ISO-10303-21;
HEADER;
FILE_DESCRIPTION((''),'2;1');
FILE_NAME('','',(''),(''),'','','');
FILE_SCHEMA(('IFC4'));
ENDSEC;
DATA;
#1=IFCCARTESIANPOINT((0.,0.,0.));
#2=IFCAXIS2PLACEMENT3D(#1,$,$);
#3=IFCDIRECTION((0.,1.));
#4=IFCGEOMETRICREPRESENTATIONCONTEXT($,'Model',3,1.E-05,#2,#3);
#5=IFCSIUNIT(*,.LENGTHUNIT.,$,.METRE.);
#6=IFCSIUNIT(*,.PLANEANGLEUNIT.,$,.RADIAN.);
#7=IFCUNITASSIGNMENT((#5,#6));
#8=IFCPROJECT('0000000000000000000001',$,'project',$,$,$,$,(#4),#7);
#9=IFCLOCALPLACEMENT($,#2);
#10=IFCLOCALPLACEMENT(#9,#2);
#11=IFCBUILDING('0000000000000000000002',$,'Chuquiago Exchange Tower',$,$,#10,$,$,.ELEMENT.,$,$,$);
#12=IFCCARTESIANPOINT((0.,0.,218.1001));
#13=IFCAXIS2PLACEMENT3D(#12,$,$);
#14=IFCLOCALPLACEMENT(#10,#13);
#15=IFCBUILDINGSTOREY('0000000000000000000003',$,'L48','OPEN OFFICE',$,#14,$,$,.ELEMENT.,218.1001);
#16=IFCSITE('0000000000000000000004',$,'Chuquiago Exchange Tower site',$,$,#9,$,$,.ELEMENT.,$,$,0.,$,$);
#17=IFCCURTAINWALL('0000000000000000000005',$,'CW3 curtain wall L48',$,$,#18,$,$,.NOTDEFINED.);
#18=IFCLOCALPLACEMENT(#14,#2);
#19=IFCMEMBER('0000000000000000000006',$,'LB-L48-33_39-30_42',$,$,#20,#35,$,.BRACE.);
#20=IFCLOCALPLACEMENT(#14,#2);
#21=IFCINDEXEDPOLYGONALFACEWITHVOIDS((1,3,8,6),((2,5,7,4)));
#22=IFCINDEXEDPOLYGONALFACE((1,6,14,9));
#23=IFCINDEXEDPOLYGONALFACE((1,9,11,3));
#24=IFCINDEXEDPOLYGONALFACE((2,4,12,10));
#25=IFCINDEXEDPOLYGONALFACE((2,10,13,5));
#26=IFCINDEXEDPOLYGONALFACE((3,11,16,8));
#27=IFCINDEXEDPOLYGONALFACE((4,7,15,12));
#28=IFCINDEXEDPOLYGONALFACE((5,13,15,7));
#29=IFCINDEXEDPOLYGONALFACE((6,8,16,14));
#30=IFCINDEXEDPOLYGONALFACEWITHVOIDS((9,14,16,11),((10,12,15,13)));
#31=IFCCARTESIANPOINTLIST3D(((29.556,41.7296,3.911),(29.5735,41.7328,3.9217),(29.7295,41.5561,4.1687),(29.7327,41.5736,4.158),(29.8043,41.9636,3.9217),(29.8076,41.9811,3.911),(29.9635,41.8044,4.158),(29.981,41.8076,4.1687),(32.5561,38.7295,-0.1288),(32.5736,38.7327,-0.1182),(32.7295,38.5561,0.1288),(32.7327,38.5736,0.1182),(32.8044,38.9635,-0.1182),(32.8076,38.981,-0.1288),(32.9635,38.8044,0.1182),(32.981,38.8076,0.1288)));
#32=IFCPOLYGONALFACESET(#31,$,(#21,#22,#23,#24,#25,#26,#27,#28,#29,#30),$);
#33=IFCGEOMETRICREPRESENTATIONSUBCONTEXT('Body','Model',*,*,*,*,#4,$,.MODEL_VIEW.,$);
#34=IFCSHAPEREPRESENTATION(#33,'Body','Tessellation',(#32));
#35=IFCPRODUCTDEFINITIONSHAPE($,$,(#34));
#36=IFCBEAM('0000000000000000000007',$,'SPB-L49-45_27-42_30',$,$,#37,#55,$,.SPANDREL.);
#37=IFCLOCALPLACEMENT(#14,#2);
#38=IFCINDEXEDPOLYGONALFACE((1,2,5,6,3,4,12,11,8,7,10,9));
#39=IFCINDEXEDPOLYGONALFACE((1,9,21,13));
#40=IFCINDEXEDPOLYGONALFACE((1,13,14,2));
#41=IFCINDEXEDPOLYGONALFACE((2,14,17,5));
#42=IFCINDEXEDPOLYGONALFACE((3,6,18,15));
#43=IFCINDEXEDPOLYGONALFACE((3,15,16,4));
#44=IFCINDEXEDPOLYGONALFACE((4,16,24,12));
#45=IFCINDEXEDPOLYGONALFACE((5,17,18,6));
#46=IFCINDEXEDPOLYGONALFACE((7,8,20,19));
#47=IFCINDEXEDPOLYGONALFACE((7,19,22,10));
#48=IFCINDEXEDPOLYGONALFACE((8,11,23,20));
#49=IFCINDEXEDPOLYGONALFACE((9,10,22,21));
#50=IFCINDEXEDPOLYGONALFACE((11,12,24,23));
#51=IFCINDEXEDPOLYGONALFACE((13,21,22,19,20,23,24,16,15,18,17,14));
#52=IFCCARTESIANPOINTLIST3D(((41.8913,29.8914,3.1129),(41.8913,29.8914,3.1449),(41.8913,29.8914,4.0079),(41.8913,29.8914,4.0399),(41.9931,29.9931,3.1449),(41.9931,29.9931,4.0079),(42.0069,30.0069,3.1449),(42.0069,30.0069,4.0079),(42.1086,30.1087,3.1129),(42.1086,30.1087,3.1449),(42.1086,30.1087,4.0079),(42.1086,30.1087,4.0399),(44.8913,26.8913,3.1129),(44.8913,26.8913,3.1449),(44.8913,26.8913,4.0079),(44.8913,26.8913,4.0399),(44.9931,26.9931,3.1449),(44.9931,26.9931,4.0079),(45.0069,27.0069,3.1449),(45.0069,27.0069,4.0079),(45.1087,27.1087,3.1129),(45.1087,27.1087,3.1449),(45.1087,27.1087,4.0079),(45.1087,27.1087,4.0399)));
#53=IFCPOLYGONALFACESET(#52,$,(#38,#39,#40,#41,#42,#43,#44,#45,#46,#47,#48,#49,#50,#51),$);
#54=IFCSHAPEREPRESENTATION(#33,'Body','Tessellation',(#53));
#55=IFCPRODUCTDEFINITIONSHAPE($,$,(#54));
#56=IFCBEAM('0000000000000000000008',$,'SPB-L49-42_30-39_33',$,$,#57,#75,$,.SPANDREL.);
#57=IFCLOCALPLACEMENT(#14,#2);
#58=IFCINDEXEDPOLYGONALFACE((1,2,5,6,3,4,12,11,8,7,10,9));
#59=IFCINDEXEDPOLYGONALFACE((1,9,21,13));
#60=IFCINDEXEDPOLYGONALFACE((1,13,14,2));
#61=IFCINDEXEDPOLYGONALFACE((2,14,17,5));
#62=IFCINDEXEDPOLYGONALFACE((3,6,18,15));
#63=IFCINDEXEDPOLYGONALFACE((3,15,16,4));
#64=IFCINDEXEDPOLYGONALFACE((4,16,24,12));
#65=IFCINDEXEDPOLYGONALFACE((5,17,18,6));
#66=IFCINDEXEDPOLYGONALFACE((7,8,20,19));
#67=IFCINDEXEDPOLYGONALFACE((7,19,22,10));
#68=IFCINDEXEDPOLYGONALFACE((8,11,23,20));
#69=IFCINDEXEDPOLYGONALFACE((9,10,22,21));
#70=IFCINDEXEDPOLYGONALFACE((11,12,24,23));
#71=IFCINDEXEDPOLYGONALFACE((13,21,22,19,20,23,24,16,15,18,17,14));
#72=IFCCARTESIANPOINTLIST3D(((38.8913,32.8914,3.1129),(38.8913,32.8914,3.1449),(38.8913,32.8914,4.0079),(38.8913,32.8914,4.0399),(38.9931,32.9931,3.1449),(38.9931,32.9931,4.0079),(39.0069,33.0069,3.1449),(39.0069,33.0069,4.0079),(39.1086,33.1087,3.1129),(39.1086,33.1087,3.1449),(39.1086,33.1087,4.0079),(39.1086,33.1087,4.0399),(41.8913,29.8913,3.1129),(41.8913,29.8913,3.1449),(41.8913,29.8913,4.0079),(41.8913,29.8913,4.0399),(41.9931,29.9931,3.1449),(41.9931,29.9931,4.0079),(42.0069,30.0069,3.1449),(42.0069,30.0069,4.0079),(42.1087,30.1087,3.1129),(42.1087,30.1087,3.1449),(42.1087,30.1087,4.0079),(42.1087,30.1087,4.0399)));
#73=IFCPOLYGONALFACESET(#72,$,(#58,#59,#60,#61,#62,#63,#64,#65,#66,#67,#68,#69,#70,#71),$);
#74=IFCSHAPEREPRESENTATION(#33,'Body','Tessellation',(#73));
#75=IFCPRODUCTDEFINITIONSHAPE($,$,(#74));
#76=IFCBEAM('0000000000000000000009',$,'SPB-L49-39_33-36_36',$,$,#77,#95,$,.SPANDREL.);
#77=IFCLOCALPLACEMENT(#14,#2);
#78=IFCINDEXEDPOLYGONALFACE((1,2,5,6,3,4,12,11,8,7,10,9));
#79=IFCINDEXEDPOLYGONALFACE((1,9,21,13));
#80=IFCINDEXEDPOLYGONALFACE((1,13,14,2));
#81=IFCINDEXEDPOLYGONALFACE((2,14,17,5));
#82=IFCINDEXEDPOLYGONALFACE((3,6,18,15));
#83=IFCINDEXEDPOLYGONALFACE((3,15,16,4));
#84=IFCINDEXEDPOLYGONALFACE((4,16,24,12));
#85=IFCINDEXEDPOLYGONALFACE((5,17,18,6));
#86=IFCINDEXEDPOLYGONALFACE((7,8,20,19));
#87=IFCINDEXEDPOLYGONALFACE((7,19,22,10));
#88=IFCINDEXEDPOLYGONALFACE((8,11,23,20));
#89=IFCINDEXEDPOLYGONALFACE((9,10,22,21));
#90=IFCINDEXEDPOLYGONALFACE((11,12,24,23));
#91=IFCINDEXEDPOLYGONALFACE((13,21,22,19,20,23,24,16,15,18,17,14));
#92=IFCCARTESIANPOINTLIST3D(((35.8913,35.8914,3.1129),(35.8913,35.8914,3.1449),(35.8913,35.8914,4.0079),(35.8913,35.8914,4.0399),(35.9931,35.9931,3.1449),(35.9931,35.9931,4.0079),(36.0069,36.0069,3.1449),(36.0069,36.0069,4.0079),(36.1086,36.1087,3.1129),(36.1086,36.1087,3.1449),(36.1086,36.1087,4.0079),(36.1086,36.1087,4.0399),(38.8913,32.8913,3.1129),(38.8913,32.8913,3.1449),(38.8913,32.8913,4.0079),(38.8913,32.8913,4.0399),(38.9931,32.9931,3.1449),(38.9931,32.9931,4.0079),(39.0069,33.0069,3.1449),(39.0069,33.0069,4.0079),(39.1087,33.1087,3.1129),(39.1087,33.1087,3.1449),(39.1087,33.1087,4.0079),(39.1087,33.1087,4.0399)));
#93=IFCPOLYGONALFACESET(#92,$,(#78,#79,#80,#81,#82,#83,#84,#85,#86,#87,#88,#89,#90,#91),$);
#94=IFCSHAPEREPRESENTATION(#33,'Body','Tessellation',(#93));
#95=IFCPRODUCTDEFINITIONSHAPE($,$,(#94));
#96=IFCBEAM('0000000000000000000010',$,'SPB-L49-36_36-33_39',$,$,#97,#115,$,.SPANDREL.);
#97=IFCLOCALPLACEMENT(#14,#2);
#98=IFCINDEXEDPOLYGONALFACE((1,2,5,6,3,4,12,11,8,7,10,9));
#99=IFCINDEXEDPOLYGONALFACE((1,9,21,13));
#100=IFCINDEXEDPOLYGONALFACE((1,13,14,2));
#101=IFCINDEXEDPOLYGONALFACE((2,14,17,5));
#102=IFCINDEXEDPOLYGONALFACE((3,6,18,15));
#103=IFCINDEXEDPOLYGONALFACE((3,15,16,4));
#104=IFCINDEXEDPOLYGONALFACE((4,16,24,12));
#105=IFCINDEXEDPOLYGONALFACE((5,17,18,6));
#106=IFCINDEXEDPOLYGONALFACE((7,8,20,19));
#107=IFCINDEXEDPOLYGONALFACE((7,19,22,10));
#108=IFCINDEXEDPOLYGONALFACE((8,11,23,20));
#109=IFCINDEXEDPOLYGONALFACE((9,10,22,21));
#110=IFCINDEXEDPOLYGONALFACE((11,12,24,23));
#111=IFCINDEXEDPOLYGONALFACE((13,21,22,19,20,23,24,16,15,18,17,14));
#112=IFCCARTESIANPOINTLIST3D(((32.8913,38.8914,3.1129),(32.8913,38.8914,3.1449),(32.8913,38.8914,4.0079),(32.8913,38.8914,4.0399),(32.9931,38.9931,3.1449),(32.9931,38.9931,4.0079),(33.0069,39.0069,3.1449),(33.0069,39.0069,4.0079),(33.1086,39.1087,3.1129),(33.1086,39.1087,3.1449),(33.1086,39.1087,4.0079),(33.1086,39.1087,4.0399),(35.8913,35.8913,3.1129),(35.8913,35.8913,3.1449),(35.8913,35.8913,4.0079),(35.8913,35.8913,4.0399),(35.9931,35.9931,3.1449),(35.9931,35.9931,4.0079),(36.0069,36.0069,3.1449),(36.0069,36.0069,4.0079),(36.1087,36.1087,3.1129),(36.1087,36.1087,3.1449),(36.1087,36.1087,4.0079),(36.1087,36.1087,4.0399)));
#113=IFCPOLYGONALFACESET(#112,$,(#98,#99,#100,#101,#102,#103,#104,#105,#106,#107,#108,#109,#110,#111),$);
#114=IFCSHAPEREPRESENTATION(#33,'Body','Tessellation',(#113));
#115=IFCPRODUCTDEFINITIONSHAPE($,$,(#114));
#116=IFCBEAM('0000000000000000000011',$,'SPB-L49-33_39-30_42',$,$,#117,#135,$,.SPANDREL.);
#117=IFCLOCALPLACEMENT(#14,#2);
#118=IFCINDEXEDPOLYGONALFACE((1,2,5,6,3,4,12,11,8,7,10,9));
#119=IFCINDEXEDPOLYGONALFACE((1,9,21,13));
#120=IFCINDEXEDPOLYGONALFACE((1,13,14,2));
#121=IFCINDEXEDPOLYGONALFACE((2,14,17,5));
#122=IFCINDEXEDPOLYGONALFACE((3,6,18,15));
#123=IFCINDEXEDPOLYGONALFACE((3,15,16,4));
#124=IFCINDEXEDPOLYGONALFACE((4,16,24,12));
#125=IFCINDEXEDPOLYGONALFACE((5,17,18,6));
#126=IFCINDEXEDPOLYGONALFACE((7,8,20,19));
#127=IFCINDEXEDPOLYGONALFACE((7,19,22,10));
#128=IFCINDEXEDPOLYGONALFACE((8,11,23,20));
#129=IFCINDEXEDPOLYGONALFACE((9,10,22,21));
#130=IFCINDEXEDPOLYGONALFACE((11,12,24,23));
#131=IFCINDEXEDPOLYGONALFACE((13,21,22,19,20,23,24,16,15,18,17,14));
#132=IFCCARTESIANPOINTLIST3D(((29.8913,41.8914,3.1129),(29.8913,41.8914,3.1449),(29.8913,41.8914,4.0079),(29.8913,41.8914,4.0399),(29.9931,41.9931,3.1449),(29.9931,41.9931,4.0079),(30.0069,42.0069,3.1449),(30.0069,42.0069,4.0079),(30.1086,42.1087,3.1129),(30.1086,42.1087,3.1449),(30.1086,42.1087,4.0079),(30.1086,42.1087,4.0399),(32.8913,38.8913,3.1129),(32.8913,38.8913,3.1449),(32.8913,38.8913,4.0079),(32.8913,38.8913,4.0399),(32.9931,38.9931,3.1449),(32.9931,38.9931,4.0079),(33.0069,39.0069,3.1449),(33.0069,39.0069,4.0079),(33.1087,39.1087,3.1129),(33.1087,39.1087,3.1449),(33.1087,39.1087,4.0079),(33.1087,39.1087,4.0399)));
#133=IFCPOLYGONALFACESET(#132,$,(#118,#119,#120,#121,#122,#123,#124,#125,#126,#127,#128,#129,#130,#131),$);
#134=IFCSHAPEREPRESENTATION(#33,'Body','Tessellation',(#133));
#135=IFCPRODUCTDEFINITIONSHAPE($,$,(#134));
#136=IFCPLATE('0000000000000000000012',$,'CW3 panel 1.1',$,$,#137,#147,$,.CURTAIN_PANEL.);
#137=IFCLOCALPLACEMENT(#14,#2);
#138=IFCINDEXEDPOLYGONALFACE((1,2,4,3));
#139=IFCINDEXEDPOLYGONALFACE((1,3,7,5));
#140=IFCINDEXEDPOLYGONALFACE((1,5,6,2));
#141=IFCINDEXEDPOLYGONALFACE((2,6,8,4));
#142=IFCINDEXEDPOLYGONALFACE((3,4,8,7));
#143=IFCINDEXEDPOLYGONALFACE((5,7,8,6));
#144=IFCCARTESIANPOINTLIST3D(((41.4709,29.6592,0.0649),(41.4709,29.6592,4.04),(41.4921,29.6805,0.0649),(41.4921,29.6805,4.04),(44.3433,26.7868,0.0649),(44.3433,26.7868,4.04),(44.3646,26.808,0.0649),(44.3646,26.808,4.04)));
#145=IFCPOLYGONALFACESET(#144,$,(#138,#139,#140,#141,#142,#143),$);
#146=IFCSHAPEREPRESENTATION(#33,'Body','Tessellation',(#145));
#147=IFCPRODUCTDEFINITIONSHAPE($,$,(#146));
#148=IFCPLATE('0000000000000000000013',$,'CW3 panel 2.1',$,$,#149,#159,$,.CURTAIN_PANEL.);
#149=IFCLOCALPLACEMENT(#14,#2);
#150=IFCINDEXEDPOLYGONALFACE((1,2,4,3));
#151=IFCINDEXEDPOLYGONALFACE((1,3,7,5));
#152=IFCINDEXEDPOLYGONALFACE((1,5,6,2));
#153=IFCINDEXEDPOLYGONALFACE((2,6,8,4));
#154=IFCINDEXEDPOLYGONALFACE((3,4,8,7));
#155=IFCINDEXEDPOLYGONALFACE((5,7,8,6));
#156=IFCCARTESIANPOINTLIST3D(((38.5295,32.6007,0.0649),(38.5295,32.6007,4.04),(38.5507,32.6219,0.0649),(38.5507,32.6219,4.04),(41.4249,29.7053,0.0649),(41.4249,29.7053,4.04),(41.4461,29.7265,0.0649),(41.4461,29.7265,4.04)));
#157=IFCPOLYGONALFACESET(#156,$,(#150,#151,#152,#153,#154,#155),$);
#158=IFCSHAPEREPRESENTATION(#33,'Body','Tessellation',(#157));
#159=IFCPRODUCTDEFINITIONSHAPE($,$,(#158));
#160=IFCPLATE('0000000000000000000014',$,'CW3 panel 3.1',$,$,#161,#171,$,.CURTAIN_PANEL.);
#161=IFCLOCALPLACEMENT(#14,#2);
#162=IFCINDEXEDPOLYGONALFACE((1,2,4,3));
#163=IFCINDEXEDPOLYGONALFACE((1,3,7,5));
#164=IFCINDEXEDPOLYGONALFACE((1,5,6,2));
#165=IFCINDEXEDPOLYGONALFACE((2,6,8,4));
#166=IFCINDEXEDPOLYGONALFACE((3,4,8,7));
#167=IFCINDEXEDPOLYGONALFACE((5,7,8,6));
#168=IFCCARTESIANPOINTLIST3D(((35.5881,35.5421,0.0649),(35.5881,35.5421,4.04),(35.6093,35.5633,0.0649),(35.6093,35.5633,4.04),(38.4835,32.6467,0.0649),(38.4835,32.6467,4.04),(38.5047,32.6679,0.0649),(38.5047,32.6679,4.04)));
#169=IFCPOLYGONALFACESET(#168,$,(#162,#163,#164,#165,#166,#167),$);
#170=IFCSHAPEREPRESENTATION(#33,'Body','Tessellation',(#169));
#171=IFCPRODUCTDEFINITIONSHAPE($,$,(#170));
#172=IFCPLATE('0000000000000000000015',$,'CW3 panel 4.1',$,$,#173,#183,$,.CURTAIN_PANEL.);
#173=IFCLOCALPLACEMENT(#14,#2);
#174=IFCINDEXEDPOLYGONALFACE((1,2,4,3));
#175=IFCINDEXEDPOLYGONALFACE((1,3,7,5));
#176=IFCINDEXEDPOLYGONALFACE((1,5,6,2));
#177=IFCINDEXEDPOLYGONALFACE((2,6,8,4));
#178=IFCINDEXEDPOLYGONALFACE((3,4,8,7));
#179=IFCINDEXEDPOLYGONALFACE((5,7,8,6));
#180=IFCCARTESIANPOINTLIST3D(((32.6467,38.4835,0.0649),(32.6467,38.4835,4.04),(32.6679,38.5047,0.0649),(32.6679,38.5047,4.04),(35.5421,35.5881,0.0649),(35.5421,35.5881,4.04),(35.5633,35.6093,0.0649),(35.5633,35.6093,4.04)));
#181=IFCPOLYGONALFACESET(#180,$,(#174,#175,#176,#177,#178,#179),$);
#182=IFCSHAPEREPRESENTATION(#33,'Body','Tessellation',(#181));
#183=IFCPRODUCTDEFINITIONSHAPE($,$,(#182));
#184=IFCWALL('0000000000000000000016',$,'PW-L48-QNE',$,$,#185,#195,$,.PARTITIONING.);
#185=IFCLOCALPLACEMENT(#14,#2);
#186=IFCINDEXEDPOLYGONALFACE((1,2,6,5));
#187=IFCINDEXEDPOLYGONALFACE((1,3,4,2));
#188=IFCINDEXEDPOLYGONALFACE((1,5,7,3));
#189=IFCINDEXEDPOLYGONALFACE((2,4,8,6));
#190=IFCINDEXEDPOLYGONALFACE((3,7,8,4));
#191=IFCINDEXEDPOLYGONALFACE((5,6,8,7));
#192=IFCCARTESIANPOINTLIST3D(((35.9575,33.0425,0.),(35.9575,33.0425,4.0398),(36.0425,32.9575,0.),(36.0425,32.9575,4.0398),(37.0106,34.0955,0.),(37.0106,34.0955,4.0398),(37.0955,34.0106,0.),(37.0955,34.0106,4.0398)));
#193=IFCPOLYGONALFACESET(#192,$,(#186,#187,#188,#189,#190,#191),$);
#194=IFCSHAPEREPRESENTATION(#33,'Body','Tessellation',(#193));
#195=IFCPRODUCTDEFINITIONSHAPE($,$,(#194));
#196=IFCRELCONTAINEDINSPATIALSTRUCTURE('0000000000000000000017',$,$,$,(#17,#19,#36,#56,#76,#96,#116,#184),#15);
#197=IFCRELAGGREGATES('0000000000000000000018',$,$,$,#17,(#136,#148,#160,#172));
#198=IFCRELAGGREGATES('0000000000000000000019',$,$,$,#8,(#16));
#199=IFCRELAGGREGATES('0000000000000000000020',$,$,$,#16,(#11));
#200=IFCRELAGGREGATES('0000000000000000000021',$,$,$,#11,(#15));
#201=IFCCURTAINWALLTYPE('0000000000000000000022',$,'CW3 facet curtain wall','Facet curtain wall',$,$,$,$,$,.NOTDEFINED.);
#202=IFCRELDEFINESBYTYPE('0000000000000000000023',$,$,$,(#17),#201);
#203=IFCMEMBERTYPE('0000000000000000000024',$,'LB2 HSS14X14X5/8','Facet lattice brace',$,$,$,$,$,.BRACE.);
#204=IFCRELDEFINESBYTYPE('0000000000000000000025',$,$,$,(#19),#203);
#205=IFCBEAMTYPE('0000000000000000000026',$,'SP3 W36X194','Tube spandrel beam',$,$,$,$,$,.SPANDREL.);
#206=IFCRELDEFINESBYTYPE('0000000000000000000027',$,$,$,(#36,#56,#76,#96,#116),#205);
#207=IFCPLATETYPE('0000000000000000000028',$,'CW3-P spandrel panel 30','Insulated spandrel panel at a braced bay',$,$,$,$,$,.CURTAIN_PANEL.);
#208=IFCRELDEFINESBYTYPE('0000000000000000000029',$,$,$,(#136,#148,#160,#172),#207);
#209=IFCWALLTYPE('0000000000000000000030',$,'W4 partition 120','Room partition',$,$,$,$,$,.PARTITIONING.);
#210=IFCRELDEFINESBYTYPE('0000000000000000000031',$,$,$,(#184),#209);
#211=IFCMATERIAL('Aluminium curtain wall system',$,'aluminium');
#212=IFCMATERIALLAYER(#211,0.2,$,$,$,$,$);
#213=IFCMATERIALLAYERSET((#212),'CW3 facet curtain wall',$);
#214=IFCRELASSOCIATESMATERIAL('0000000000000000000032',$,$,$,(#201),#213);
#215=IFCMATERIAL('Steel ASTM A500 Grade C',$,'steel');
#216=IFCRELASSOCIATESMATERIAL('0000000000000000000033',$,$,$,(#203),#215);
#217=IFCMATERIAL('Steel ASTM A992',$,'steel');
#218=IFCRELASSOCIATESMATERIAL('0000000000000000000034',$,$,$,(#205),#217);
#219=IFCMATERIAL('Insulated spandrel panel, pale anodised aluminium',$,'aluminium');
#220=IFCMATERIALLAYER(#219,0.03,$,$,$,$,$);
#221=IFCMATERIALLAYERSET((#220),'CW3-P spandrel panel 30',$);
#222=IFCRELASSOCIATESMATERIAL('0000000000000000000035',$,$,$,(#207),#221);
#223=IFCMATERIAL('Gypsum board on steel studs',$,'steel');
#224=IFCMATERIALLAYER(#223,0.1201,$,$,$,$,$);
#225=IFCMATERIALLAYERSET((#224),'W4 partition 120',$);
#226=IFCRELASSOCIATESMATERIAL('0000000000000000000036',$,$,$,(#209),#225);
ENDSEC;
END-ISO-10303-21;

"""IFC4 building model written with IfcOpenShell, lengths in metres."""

from ifc_helpers import new_model, si_unit, direction, frame, frame_2d, origin, origin_2d, place, context, subcontext, project, spatial, rectangle, hollow_rectangle, i_section, extrude, material, layer, layer_set, material_profile, profile_set, type_object, element, aggregate, save


model = new_model("IFC4")

# Units and contexts
model_context = context("Model", 3, precision=1e-05, world=origin(), true_north=direction((0.0, 1.0)))
body_context = subcontext(model_context, "Body", "Model", "MODEL_VIEW")
ifc_project = project(units=[si_unit("LENGTHUNIT", "METRE"), si_unit("PLANEANGLEUNIT", "RADIAN")], contexts=[model_context])

# Site, building, storey
site_placement = place(None, origin())
site = spatial("IfcSite", under=ifc_project, at=site_placement, Name="Chuquiago Exchange Tower site", CompositionType="ELEMENT", RefElevation=0.0)
building_placement = place(site_placement, origin())
building = spatial("IfcBuilding", under=site, at=building_placement, Name="Chuquiago Exchange Tower", CompositionType="ELEMENT")
storey_placement = place(building_placement, frame((0.0, 0.0, 218.1001)))
storey = spatial("IfcBuildingStorey", under=building, at=storey_placement, Name="L48", Description="OPEN OFFICE", CompositionType="ELEMENT", Elevation=218.1001)

# Curtain wall
ifc_material_1 = material(Name="Aluminium curtain wall system", Category="aluminium")
ifc_layer_1 = layer(ifc_material_1, 0.2)
ifc_layer_set_1 = layer_set([ifc_layer_1], Name="CW3 facet curtain wall")
curtain_wall_type = type_object("IfcCurtainWallType", Name="CW3 facet curtain wall", Description="Facet curtain wall", PredefinedType="NOTDEFINED", material=ifc_layer_set_1)
curtain_wall_placement = place(storey_placement, origin())
curtain_wall = element("IfcCurtainWall", 1, at=curtain_wall_placement, inside=storey, type_object=curtain_wall_type, Name="CW3 curtain wall L48", PredefinedType="NOTDEFINED")

# Member
ifc_material_2 = material(Name="Steel ASTM A500 Grade C", Category="steel")
ifc_material_profile_1 = material_profile(ifc_material_2, hollow_rectangle(XDim=0.3557, YDim=0.3557, WallThickness=0.0146, at=origin_2d()), Name="HSS14X14X5/8")
ifc_profile_set_1 = profile_set([ifc_material_profile_1], Name="Steel ASTM A500 Grade C")
member_type_1 = type_object("IfcMemberType", Name="LB2 HSS14X14X5/8", Description="Facet lattice brace", PredefinedType="BRACE", material=ifc_profile_set_1)
for number, where, z_axis, x_axis, name in (
    (2, (32.7686, 38.7686, 0.0), (-0.512092, 0.512092, 0.689582), (-0.707107, -0.707107, 0.0), "LB-L48-33_39-30_42"),
):
    element("IfcMember", number, at=place(storey_placement, frame(where, z_axis=z_axis, x_axis=x_axis)), inside=storey, type_object=member_type_1, Name=name, PredefinedType="BRACE", context=body_context, shape_type="SweptSolid", body=[
        extrude(hollow_rectangle(XDim=0.3557, YDim=0.3557, WallThickness=0.0146, at=origin_2d()), origin(), (0.0, 0.0, 1.0), 5.8584),
    ])

# Beams
ifc_material_3 = material(Name="Steel ASTM A992", Category="steel")
ifc_material_profile_2 = material_profile(ifc_material_3, i_section(OverallWidth=0.3074, OverallDepth=0.927, WebThickness=0.0195, FlangeThickness=0.032, at=origin_2d()), Name="W36X194")
ifc_profile_set_2 = profile_set([ifc_material_profile_2], Name="Steel ASTM A992")
beam_type_1 = type_object("IfcBeamType", Name="SP3 W36X194", Description="Tube spandrel beam", PredefinedType="SPANDREL", material=ifc_profile_set_2)
for number, where, z_axis, x_axis, name in (
    (3, (45.0, 27.0, 3.5764), (-0.707107, 0.707107, 0.0), (-0.707107, -0.707107, 0.0), "SPB-L49-45_27-42_30"),
    (4, (42.0, 30.0, 3.5764), (-0.707107, 0.707107, 0.0), (-0.707107, -0.707107, 0.0), "SPB-L49-42_30-39_33"),
    (5, (39.0, 33.0, 3.5764), (-0.707107, 0.707107, 0.0), (-0.707107, -0.707107, 0.0), "SPB-L49-39_33-36_36"),
    (6, (36.0, 36.0, 3.5764), (-0.707107, 0.707107, 0.0), (-0.707107, -0.707107, 0.0), "SPB-L49-36_36-33_39"),
    (7, (33.0, 39.0, 3.5764), (-0.707107, 0.707107, 0.0), (-0.707107, -0.707107, 0.0), "SPB-L49-33_39-30_42"),
):
    element("IfcBeam", number, at=place(storey_placement, frame(where, z_axis=z_axis, x_axis=x_axis)), inside=storey, type_object=beam_type_1, Name=name, PredefinedType="SPANDREL", context=body_context, shape_type="SweptSolid", body=[
        extrude(i_section(OverallWidth=0.3074, OverallDepth=0.927, WebThickness=0.0195, FlangeThickness=0.032, at=origin_2d()), origin(), (0.0, 0.0, 1.0), 4.2427),
    ])

# Plates
ifc_material_4 = material(Name="Insulated spandrel panel, pale anodised aluminium", Category="aluminium")
ifc_layer_2 = layer(ifc_material_4, 0.03)
ifc_layer_set_2 = layer_set([ifc_layer_2], Name="CW3-P spandrel panel 30")
plate_type = type_object("IfcPlateType", Name="CW3-P spandrel panel 30", Description="Insulated spandrel panel at a braced bay", PredefinedType="CURTAIN_PANEL", material=ifc_layer_set_2)
plate_1_placement = place(storey_placement, frame((42.9177, 28.2336, 0.0649), z_axis=(0.0, 0.0, 1.0), x_axis=(-0.707107, 0.707107, 0.0)))
plate_1 = element("IfcPlate", 8, at=plate_1_placement, type_object=plate_type, Name="CW3 panel 1.1", PredefinedType="CURTAIN_PANEL", context=body_context, shape_type="SweptSolid", body=[
    extrude(rectangle(XDim=4.0623, YDim=0.03, at=origin_2d()), origin(), (0.0, 0.0, 1.0), 3.9751),
])
plate_2_placement = place(storey_placement, frame((39.9878, 31.1636, 0.0649), z_axis=(0.0, 0.0, 1.0), x_axis=(-0.707107, 0.707107, 0.0)))
plate_2 = element("IfcPlate", 9, at=plate_2_placement, type_object=plate_type, Name="CW3 panel 2.1", PredefinedType="CURTAIN_PANEL", context=body_context, shape_type="SweptSolid", body=[
    extrude(rectangle(XDim=4.0947, YDim=0.03, at=origin_2d()), origin(), (0.0, 0.0, 1.0), 3.9751),
])
plate_3_placement = place(storey_placement, frame((37.0464, 34.105, 0.0649), z_axis=(0.0, 0.0, 1.0), x_axis=(-0.707107, 0.707107, 0.0)))
plate_3 = element("IfcPlate", 10, at=plate_3_placement, type_object=plate_type, Name="CW3 panel 3.1", PredefinedType="CURTAIN_PANEL", context=body_context, shape_type="SweptSolid", body=[
    extrude(rectangle(XDim=4.0947, YDim=0.03, at=origin_2d()), origin(), (0.0, 0.0, 1.0), 3.9751),
])
plate_4_placement = place(storey_placement, frame((34.105, 37.0464, 0.0649), z_axis=(0.0, 0.0, 1.0), x_axis=(-0.707107, 0.707107, 0.0)))
plate_4 = element("IfcPlate", 11, at=plate_4_placement, type_object=plate_type, Name="CW3 panel 4.1", PredefinedType="CURTAIN_PANEL", context=body_context, shape_type="SweptSolid", body=[
    extrude(rectangle(XDim=4.0947, YDim=0.03, at=origin_2d()), origin(), (0.0, 0.0, 1.0), 3.9751),
])
aggregate(curtain_wall, [plate_1, plate_2, plate_3, plate_4])

# Wall
ifc_material_5 = material(Name="Gypsum board on steel studs", Category="steel")
ifc_layer_3 = layer(ifc_material_5, 0.1201)
ifc_layer_set_3 = layer_set([ifc_layer_3], Name="W4 partition 120")
wall_type_1 = type_object("IfcWallType", Name="W4 partition 120", Description="Room partition", PredefinedType="PARTITIONING", material=ifc_layer_set_3)
wall_1_placement = place(storey_placement, frame((36.0, 33.0, 0.0), z_axis=(0.0, 0.0, 1.0), x_axis=(0.707107, 0.707107, 0.0)))
element("IfcWall", 12, at=wall_1_placement, inside=storey, type_object=wall_type_1, Name="PW-L48-QNE", PredefinedType="PARTITIONING", context=body_context, shape_type="SweptSolid", body=[
    extrude(rectangle(XDim=1.4893, YDim=0.1201, at=frame_2d((0.7446, 0.0))), origin(), (0.0, 0.0, 1.0), 4.0398),
])

save(model, "model.ifc")
